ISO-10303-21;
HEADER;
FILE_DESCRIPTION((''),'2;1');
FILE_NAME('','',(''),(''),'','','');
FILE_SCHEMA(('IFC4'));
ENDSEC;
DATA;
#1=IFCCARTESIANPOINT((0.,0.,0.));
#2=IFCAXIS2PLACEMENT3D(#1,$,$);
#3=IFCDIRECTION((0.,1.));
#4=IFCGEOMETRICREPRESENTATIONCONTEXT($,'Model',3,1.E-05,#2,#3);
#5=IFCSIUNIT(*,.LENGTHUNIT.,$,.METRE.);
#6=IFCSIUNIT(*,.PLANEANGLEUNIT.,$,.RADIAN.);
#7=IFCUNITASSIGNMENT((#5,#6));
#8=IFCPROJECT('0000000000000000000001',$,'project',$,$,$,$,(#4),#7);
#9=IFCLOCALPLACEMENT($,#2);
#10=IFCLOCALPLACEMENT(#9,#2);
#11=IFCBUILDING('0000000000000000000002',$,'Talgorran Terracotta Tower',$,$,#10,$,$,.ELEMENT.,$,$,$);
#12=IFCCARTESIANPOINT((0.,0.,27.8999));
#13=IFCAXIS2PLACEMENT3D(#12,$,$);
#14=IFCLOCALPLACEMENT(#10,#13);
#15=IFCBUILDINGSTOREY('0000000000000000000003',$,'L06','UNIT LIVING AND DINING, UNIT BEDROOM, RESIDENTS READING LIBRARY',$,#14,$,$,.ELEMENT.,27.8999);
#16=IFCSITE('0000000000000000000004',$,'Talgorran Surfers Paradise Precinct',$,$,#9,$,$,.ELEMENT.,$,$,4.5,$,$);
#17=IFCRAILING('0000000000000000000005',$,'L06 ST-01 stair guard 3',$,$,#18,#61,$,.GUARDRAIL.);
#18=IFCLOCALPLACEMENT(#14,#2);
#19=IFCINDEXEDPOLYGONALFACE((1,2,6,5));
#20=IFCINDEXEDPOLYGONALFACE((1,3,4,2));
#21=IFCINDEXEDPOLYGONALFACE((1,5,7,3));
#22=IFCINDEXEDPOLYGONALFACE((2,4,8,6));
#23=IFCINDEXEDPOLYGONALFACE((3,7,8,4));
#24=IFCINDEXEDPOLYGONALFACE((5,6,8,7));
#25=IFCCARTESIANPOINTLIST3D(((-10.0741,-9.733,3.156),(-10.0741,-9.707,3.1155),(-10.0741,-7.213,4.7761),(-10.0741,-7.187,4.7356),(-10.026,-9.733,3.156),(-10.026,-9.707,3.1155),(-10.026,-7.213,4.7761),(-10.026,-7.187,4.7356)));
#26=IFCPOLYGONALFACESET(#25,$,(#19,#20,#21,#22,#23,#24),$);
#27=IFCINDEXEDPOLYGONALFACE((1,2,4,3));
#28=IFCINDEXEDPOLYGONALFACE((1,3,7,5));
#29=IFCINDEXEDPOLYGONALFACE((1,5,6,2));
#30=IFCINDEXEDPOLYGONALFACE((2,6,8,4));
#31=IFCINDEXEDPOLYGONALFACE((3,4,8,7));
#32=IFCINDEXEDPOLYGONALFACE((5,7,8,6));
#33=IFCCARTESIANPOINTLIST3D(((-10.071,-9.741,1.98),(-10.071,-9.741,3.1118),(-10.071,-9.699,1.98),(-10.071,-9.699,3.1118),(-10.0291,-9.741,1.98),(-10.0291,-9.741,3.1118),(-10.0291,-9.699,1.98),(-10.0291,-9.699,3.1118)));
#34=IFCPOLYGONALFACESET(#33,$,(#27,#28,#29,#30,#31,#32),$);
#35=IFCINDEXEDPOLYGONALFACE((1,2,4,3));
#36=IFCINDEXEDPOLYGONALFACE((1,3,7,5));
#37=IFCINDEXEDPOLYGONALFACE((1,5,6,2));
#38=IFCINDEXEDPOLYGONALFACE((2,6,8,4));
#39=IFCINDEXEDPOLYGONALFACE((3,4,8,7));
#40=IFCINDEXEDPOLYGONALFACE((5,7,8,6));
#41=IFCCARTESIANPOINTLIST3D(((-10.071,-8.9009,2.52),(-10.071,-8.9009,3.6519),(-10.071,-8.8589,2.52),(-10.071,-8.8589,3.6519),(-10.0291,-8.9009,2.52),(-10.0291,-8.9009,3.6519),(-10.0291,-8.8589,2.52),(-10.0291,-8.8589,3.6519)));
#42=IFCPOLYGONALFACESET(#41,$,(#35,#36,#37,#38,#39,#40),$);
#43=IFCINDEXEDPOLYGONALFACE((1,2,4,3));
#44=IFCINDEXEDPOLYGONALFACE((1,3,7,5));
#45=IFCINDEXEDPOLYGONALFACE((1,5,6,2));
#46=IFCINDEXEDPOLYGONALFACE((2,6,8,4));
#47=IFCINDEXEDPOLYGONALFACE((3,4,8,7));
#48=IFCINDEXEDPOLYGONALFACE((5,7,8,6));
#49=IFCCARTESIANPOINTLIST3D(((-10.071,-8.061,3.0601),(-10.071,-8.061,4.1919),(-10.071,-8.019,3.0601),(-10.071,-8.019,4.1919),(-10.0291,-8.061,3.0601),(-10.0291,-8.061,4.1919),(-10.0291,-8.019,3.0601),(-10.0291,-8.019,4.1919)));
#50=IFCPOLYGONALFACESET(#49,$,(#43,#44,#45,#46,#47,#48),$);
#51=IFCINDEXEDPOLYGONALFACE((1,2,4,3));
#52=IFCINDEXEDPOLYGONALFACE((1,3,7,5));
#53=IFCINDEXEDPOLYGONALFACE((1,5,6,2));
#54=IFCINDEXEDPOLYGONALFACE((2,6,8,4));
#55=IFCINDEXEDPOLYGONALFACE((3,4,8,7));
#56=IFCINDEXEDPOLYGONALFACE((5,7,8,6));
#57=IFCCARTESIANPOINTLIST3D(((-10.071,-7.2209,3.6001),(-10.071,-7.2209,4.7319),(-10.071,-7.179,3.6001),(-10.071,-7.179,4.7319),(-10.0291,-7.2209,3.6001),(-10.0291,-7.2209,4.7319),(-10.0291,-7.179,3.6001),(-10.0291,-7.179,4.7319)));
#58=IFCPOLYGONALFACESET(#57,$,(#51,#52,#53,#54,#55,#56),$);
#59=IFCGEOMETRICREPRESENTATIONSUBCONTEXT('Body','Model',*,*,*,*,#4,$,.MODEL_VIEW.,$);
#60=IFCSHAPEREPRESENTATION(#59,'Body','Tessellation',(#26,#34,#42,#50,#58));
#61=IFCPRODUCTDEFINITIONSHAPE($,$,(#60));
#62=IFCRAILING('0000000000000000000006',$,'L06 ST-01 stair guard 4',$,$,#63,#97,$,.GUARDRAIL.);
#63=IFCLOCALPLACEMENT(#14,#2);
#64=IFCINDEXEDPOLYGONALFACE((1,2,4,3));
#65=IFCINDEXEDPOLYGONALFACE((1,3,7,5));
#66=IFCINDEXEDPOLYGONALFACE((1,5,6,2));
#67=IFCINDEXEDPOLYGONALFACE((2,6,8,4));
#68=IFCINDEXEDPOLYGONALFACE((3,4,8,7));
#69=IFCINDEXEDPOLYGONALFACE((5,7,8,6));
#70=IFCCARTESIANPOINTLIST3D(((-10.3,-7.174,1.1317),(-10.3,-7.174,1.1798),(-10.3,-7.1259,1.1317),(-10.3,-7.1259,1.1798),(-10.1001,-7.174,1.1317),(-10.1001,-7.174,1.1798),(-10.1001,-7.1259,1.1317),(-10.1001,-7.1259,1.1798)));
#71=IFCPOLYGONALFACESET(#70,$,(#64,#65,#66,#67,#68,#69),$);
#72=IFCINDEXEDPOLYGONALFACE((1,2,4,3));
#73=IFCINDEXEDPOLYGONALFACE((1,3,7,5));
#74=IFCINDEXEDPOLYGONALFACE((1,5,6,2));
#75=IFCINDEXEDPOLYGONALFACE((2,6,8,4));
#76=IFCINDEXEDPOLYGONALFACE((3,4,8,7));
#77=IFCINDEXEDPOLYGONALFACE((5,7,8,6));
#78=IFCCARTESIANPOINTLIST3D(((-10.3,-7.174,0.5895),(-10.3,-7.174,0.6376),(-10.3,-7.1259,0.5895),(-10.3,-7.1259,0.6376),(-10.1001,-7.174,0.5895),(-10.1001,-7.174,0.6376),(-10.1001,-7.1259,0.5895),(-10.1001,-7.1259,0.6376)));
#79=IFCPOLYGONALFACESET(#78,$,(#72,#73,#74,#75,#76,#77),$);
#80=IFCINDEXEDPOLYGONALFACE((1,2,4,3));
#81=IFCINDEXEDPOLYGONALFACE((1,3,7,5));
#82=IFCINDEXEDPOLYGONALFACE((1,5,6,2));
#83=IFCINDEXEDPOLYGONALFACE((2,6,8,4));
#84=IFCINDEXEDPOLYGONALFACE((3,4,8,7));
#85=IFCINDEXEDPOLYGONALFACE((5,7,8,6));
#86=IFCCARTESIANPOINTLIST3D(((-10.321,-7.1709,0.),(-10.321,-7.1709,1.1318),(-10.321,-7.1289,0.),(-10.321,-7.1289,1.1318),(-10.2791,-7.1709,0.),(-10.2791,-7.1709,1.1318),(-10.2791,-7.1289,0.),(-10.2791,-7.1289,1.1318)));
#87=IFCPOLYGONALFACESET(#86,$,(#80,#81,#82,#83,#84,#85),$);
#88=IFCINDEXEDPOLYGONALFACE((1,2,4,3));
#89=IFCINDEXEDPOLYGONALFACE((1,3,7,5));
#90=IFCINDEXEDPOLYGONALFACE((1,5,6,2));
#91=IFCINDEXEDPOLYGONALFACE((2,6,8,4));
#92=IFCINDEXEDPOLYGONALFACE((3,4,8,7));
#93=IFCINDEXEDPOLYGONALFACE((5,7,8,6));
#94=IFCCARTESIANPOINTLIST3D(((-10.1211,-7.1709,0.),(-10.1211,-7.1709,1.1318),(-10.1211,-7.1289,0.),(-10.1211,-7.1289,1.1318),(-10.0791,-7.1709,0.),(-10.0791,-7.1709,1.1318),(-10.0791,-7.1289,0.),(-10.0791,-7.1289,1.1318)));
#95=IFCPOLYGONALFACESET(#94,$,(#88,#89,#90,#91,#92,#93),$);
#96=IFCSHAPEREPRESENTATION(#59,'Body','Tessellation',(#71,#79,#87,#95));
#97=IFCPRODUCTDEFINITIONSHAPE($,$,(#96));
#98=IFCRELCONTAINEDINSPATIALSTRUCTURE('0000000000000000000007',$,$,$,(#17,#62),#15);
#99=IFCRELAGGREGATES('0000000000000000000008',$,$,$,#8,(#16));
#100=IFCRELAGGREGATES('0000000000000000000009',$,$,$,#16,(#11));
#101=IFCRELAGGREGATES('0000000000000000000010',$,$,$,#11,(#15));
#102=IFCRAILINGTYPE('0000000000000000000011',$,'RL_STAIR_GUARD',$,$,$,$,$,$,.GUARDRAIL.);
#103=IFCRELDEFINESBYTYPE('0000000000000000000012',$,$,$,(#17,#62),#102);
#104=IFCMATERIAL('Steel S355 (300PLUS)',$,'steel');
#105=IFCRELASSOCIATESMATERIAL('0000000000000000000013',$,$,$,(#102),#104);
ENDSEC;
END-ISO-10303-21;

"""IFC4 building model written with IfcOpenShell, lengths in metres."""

from ifc_helpers import new_model, si_unit, direction, frame, origin, origin_2d, place, context, subcontext, project, spatial, rectangle, extrude, material, type_object, element, save


model = new_model("IFC4")

# Units and contexts
model_context = context("Model", 3, precision=1e-05, world=origin(), true_north=direction((0.0, 1.0)))
body_context = subcontext(model_context, "Body", "Model", "MODEL_VIEW")
ifc_project = project(units=[si_unit("LENGTHUNIT", "METRE"), si_unit("PLANEANGLEUNIT", "RADIAN")], contexts=[model_context])

# Site, building, storey
site_placement = place(None, origin())
site = spatial("IfcSite", under=ifc_project, at=site_placement, Name="Talgorran Surfers Paradise Precinct", CompositionType="ELEMENT", RefElevation=4.5)
building_placement = place(site_placement, origin())
building = spatial("IfcBuilding", under=site, at=building_placement, Name="Talgorran Terracotta Tower", CompositionType="ELEMENT")
storey_placement = place(building_placement, frame((0.0, 0.0, 27.8999)))
storey = spatial("IfcBuildingStorey", under=building, at=storey_placement, Name="L06", Description="UNIT LIVING AND DINING, UNIT BEDROOM, RESIDENTS READING LIBRARY", CompositionType="ELEMENT", Elevation=27.8999)

# Shared definitions
ifc_material_1 = material(Name="Steel S355 (300PLUS)", Category="steel")

# Railings
railing_type_1 = type_object("IfcRailingType", Name="RL_STAIR_GUARD", PredefinedType="GUARDRAIL", material=ifc_material_1)
railing_1_placement = place(storey_placement, frame((-10.05, -9.72, 1.98)))
element("IfcRailing", 1, at=railing_1_placement, inside=storey, type_object=railing_type_1, Name="L06 ST-01 stair guard 3", PredefinedType="GUARDRAIL", context=body_context, shape_type="SweptSolid", body=[
    extrude(rectangle(XDim=0.0481, YDim=0.0481, at=origin_2d()), frame((0.0, 0.0, 1.1558), z_axis=(0.0, 0.841163, 0.540782), x_axis=(-1.0, 0.0, 0.0)), (0.0, 0.0, 1.0), 2.9958),
    extrude(rectangle(XDim=0.042, YDim=0.042, at=origin_2d()), origin(), (0.0, 0.0, 1.0), 1.1318),
    extrude(rectangle(XDim=0.042, YDim=0.042, at=origin_2d()), frame((0.0, 0.8401, 0.54)), (0.0, 0.0, 1.0), 1.1318),
    extrude(rectangle(XDim=0.042, YDim=0.042, at=origin_2d()), frame((0.0, 1.6799, 1.0801)), (0.0, 0.0, 1.0), 1.1318),
    extrude(rectangle(XDim=0.042, YDim=0.042, at=origin_2d()), frame((0.0, 2.52, 1.6201)), (0.0, 0.0, 1.0), 1.1318),
])
railing_2_placement = place(storey_placement, frame((-10.3, -7.1499, 0.0)))
element("IfcRailing", 2, at=railing_2_placement, inside=storey, type_object=railing_type_1, Name="L06 ST-01 stair guard 4", PredefinedType="GUARDRAIL", context=body_context, shape_type="SweptSolid", body=[
    extrude(rectangle(XDim=0.0481, YDim=0.0481, at=origin_2d()), frame((0.0, 0.0, 1.1558), z_axis=(1.0, 0.0, 0.0), x_axis=(0.0, 1.0, 0.0)), (0.0, 0.0, 1.0), 0.2),
    extrude(rectangle(XDim=0.0481, YDim=0.0481, at=origin_2d()), frame((0.0, 0.0, 0.6135), z_axis=(1.0, 0.0, 0.0), x_axis=(0.0, 1.0, 0.0)), (0.0, 0.0, 1.0), 0.2),
    extrude(rectangle(XDim=0.042, YDim=0.042, at=origin_2d()), origin(), (0.0, 0.0, 1.0), 1.1318),
    extrude(rectangle(XDim=0.042, YDim=0.042, at=origin_2d()), frame((0.2, 0.0, 0.0)), (0.0, 0.0, 1.0), 1.1318),
])

save(model, "model.ifc")
